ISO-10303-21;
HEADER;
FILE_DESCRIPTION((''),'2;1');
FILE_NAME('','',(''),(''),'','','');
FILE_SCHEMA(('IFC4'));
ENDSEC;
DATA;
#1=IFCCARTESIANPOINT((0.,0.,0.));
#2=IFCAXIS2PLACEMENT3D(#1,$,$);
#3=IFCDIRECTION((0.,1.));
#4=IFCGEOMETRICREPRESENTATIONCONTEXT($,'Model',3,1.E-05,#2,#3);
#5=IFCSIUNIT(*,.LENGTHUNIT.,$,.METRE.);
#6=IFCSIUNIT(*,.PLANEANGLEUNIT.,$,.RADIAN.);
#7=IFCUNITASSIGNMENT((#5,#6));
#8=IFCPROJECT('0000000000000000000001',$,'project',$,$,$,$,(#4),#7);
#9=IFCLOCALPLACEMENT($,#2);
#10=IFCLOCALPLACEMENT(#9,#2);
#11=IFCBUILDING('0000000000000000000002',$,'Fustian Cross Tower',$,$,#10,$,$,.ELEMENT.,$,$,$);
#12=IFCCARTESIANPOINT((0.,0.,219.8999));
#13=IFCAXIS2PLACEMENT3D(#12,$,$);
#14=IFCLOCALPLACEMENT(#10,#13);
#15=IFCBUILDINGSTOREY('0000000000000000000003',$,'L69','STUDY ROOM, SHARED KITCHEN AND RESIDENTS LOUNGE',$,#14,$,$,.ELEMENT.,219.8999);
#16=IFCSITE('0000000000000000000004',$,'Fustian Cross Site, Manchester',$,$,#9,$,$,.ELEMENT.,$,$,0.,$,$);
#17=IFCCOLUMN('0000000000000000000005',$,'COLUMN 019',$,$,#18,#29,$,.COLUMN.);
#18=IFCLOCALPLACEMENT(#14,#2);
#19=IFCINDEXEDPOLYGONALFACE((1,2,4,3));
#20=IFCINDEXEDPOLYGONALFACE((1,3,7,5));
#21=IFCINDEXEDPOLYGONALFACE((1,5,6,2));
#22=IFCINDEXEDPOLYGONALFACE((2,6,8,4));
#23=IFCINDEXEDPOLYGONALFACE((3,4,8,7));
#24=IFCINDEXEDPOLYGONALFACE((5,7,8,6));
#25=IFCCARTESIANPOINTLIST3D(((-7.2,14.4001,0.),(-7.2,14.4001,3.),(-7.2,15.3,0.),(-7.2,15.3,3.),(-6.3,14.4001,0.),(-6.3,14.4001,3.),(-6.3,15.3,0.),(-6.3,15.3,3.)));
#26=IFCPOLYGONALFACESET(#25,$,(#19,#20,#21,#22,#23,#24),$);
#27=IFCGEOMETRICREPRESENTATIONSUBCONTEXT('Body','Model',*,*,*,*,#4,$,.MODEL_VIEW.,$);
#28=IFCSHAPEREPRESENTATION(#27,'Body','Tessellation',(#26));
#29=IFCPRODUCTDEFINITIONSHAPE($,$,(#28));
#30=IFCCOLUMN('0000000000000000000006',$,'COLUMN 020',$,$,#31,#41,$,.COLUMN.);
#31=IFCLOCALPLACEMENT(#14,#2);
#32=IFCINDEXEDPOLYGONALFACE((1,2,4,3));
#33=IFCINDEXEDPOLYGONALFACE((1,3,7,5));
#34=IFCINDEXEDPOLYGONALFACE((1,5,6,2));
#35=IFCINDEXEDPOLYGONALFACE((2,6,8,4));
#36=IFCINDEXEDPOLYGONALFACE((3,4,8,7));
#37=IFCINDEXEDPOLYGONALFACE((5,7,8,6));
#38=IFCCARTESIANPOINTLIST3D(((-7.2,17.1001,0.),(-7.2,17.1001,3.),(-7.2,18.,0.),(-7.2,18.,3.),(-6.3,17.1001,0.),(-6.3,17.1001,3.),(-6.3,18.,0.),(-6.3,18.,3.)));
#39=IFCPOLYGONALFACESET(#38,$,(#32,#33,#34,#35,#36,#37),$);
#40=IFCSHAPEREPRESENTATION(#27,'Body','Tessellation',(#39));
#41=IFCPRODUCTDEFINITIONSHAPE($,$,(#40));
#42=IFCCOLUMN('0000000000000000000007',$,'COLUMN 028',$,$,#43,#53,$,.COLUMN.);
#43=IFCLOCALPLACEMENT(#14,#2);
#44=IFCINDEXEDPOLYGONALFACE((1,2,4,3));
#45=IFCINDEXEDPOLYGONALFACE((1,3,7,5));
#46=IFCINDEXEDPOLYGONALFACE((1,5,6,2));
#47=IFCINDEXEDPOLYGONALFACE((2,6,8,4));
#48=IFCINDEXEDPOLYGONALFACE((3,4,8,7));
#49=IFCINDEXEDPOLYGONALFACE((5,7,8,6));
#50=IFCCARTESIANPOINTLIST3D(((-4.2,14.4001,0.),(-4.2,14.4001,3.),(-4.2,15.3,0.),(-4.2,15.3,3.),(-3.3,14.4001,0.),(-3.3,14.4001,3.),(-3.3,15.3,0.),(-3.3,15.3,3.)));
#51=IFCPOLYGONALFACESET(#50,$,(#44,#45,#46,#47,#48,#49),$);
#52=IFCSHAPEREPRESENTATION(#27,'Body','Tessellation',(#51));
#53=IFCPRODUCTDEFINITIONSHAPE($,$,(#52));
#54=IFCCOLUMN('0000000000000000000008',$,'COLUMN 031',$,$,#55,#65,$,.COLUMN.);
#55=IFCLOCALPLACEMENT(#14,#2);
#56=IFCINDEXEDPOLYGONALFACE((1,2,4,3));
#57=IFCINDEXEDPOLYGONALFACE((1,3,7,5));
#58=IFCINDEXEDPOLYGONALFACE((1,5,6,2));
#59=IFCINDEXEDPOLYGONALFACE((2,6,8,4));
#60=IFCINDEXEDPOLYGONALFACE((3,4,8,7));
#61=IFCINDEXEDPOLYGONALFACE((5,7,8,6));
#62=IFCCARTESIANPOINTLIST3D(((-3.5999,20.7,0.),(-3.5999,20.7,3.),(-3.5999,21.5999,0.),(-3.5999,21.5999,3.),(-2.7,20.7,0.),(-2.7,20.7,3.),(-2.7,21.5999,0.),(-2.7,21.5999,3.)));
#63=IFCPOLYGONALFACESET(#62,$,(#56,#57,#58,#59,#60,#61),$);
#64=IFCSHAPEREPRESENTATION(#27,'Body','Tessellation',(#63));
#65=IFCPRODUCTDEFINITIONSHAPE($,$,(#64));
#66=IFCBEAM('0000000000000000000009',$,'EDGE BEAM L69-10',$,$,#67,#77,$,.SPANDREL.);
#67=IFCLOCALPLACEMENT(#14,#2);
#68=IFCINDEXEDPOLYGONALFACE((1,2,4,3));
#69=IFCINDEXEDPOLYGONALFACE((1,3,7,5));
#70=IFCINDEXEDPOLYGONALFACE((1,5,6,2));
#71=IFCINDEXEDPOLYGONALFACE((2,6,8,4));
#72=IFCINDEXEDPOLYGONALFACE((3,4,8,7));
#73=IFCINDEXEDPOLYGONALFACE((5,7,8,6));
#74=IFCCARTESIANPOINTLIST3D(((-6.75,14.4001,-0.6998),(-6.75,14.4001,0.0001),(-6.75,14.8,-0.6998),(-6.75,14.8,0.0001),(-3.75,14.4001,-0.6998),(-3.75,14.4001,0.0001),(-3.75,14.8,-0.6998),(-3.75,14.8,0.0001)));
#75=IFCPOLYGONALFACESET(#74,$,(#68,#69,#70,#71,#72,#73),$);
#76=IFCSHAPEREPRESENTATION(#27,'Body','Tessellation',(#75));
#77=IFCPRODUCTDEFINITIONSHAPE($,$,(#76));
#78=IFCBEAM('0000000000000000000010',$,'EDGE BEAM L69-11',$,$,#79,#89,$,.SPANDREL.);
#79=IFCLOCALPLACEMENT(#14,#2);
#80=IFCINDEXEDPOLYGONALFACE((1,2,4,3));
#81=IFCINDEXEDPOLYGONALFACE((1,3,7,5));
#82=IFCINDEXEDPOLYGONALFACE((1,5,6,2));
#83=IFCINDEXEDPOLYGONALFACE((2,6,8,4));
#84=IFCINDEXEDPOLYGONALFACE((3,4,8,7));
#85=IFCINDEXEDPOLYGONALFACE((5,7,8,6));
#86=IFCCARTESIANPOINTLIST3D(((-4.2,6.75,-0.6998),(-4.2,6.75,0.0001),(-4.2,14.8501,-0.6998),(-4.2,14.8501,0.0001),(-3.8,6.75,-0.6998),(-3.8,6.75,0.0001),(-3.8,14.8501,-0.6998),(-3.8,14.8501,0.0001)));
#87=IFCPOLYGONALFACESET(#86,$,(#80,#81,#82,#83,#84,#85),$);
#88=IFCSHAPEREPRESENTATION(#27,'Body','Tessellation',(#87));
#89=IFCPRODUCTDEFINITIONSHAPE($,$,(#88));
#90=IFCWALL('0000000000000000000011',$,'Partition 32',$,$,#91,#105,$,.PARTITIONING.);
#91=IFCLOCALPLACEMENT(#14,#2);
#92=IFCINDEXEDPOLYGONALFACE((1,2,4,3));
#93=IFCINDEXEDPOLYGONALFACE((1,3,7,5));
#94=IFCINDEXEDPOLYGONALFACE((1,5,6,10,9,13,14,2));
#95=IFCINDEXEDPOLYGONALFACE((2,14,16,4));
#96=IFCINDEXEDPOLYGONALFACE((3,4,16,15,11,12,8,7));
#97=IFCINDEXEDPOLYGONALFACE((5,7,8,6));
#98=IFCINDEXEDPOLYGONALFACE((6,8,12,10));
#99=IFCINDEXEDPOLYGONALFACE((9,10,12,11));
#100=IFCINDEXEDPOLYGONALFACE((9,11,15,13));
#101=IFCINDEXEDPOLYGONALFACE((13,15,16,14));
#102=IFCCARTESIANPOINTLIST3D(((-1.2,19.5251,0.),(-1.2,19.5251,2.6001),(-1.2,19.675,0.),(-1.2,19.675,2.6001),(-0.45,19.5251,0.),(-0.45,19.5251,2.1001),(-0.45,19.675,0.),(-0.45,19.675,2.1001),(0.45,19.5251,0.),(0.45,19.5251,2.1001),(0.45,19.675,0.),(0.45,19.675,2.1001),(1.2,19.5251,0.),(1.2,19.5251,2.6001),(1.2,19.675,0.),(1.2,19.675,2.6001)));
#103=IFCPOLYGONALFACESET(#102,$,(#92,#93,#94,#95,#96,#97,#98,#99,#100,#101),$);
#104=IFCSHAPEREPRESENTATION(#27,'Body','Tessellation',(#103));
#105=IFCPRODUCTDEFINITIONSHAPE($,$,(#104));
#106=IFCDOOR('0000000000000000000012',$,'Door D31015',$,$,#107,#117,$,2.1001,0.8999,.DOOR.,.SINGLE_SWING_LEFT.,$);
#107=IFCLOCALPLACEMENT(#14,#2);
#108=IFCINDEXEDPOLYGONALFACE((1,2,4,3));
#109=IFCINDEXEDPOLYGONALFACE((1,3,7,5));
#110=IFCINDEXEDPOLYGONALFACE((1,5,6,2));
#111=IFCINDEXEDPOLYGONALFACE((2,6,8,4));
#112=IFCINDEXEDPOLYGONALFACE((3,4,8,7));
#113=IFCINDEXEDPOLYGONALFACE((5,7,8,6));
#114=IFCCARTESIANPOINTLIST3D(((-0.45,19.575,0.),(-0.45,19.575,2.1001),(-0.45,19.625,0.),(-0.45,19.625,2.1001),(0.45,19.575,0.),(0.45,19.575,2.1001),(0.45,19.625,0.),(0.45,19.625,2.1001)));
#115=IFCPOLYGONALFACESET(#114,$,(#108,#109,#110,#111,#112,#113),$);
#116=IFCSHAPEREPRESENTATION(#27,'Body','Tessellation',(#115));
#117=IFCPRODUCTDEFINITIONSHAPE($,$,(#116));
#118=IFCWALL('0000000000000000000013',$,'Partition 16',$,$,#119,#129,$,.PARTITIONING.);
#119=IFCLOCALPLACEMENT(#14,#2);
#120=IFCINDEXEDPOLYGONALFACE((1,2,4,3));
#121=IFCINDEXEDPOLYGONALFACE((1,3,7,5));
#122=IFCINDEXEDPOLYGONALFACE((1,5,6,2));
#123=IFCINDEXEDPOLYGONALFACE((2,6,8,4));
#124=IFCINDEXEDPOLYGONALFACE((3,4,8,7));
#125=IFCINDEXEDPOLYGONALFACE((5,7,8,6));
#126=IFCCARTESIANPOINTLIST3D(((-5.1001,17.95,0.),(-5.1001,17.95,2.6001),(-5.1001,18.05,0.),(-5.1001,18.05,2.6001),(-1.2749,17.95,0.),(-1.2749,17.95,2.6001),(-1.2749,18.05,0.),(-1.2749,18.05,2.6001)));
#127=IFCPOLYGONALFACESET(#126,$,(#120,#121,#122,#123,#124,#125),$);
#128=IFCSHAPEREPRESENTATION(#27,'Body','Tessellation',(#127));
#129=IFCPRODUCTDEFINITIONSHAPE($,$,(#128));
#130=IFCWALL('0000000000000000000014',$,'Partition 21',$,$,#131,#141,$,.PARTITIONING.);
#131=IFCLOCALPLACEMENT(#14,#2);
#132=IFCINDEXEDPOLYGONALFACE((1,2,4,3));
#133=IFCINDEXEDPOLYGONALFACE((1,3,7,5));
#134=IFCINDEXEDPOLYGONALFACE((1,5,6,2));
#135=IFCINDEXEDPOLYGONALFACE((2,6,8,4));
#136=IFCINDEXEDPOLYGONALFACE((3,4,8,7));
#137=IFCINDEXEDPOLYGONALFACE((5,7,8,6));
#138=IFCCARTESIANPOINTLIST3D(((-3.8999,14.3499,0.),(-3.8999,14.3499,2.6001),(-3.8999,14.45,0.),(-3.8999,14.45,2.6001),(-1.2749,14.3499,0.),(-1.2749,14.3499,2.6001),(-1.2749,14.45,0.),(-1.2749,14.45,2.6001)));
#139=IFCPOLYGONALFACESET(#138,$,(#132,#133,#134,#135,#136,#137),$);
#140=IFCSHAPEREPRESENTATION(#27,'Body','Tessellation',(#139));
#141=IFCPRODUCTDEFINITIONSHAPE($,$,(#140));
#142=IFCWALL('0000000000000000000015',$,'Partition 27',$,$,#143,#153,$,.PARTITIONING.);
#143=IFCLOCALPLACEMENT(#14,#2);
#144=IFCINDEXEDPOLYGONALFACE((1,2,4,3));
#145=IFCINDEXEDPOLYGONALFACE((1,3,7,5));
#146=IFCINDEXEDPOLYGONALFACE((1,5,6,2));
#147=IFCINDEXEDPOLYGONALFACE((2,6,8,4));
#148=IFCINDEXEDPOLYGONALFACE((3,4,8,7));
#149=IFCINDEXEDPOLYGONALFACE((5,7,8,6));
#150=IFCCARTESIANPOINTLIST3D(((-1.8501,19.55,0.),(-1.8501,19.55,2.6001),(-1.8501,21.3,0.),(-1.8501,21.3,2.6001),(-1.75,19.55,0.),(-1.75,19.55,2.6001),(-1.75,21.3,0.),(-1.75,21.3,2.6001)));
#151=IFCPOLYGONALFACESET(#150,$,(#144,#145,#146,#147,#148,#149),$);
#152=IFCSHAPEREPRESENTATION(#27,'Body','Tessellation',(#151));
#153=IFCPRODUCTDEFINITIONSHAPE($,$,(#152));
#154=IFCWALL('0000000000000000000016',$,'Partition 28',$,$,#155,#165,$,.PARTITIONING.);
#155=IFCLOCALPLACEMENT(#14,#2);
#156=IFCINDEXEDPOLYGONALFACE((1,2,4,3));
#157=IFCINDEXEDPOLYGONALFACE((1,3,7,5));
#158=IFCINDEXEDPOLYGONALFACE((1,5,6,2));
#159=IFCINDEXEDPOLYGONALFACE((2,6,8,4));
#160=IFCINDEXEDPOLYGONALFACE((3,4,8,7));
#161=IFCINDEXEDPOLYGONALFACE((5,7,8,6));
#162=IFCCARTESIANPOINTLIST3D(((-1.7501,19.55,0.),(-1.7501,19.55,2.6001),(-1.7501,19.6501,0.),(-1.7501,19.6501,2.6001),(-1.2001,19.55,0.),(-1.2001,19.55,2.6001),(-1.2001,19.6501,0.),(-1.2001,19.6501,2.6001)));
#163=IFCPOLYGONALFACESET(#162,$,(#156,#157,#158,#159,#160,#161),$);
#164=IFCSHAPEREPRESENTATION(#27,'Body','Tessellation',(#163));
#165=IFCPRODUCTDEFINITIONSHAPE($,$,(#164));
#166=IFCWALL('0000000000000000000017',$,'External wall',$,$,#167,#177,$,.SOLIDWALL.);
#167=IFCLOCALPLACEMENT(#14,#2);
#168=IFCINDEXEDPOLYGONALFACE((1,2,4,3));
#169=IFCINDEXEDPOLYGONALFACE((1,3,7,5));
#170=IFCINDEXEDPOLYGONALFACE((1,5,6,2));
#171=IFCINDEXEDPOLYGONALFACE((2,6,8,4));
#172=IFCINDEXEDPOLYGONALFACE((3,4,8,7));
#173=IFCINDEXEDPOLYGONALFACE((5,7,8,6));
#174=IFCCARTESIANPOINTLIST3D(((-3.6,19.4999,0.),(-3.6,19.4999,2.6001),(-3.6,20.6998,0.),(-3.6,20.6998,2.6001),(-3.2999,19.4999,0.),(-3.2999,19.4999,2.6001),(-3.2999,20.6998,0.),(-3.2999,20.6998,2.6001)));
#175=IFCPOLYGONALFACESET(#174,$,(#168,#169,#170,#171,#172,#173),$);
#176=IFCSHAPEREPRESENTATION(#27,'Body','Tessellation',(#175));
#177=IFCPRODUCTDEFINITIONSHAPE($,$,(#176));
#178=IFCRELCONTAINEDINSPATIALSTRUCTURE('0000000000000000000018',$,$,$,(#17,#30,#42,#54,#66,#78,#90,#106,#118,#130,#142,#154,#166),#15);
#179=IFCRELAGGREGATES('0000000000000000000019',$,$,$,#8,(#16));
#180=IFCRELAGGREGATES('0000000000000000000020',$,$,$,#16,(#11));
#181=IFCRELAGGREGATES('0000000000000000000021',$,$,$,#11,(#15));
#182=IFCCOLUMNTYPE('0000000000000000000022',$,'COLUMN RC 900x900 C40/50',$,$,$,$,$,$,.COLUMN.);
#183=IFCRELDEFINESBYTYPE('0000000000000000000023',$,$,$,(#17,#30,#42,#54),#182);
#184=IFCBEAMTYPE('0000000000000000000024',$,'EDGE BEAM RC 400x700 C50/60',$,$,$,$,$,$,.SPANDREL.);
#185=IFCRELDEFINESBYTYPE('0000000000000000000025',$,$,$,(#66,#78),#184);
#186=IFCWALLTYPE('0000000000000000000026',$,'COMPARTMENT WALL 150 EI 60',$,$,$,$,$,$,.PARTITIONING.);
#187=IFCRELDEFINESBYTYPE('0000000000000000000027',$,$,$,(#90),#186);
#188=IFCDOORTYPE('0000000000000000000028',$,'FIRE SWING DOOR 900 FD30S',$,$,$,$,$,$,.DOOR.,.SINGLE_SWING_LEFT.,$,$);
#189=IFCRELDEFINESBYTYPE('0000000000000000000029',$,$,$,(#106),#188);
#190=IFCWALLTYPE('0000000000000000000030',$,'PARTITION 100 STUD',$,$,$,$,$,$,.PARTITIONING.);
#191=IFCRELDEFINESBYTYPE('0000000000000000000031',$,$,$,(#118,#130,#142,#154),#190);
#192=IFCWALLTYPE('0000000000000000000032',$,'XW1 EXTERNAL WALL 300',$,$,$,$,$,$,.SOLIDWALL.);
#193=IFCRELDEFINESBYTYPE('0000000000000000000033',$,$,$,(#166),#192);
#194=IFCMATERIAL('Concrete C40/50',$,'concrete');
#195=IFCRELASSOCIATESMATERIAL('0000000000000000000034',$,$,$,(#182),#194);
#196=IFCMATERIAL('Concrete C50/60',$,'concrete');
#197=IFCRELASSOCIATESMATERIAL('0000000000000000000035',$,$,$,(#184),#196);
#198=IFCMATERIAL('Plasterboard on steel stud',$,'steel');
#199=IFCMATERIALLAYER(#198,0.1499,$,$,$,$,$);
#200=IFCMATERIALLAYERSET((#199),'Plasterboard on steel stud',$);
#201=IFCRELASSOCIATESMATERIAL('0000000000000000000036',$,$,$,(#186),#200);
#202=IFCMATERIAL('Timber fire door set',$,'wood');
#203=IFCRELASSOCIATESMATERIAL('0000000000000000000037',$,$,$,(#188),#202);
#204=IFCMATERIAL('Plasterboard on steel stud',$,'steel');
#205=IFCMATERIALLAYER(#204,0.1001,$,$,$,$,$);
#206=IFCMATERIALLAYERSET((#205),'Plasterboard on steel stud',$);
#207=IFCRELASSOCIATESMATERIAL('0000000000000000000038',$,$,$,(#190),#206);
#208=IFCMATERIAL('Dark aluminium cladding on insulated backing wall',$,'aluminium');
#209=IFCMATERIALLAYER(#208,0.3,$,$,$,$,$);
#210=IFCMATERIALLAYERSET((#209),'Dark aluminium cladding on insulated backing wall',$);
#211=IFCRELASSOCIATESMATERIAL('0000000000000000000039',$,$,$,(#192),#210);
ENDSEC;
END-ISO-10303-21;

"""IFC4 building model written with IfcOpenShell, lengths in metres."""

from ifc_helpers import new_model, si_unit, direction, frame, frame_2d, origin, origin_2d, place, context, subcontext, project, spatial, rectangle, extrude, material, layer, layer_set, material_profile, profile_set, type_object, element, fill, save


model = new_model("IFC4")

# Units and contexts
model_context = context("Model", 3, precision=1e-05, world=origin(), true_north=direction((0.0, 1.0)))
body_context = subcontext(model_context, "Body", "Model", "MODEL_VIEW")
ifc_project = project(units=[si_unit("LENGTHUNIT", "METRE"), si_unit("PLANEANGLEUNIT", "RADIAN")], contexts=[model_context])

# Site, building, storey
site_placement = place(None, origin())
site = spatial("IfcSite", under=ifc_project, at=site_placement, Name="Fustian Cross Site, Manchester", CompositionType="ELEMENT", RefElevation=0.0)
building_placement = place(site_placement, origin())
building = spatial("IfcBuilding", under=site, at=building_placement, Name="Fustian Cross Tower", CompositionType="ELEMENT")
storey_placement = place(building_placement, frame((0.0, 0.0, 219.8999)))
storey = spatial("IfcBuildingStorey", under=building, at=storey_placement, Name="L69", Description="STUDY ROOM, SHARED KITCHEN AND RESIDENTS LOUNGE", CompositionType="ELEMENT", Elevation=219.8999)

# Columns
ifc_material_1 = material(Name="Concrete C40/50", Category="concrete")
ifc_material_profile_1 = material_profile(ifc_material_1, rectangle(XDim=0.8999, YDim=0.8999, at=origin_2d()), Name="RC 900x900")
ifc_profile_set_1 = profile_set([ifc_material_profile_1], Name="Concrete C40/50")
column_type = type_object("IfcColumnType", Name="COLUMN RC 900x900 C40/50", PredefinedType="COLUMN", material=ifc_profile_set_1)
for number, where, z_axis, x_axis, name in (
    (1, (-6.75, 14.8501, 0.0), (0.0, 0.0, 1.0), (1.0, 0.0, 0.0), "COLUMN 019"),
    (2, (-6.75, 17.55, 0.0), (0.0, 0.0, 1.0), (1.0, 0.0, 0.0), "COLUMN 020"),
    (3, (-3.75, 14.8501, 0.0), (0.0, 0.0, 1.0), (1.0, 0.0, 0.0), "COLUMN 028"),
    (4, (-3.1499, 21.1499, 0.0), (0.0, 0.0, 1.0), (1.0, 0.0, 0.0), "COLUMN 031"),
):
    element("IfcColumn", number, at=place(storey_placement, frame(where, z_axis=z_axis, x_axis=x_axis)), inside=storey, type_object=column_type, Name=name, PredefinedType="COLUMN", context=body_context, shape_type="SweptSolid", body=[
        extrude(rectangle(XDim=0.8999, YDim=0.8999, at=origin_2d()), origin(), (0.0, 0.0, 1.0), 3.0),
    ])

# Beams
ifc_material_2 = material(Name="Concrete C50/60", Category="concrete")
ifc_material_profile_2 = material_profile(ifc_material_2, rectangle(XDim=0.3999, YDim=0.7, at=origin_2d()), Name="RC 400x700")
ifc_profile_set_2 = profile_set([ifc_material_profile_2], Name="Concrete C50/60")
beam_type = type_object("IfcBeamType", Name="EDGE BEAM RC 400x700 C50/60", PredefinedType="SPANDREL", material=ifc_profile_set_2)
beam_1_placement = place(storey_placement, frame((-6.75, 14.6001, -0.3499), z_axis=(1.0, 0.0, 0.0), x_axis=(0.0, 1.0, 0.0)))
element("IfcBeam", 5, at=beam_1_placement, inside=storey, type_object=beam_type, Name="EDGE BEAM L69-10", PredefinedType="SPANDREL", context=body_context, shape_type="SweptSolid", body=[
    extrude(rectangle(XDim=0.3999, YDim=0.7, at=origin_2d()), origin(), (0.0, 0.0, 1.0), 3.0),
])
beam_2_placement = place(storey_placement, frame((-4.0, 14.8501, -0.3499), z_axis=(0.0, -1.0, 0.0), x_axis=(1.0, 0.0, 0.0)))
element("IfcBeam", 6, at=beam_2_placement, inside=storey, type_object=beam_type, Name="EDGE BEAM L69-11", PredefinedType="SPANDREL", context=body_context, shape_type="SweptSolid", body=[
    extrude(rectangle(XDim=0.3999, YDim=0.7, at=origin_2d()), origin(), (0.0, 0.0, 1.0), 8.1001),
])

# Wall, opening, door
ifc_material_3 = material(Name="Plasterboard on steel stud", Category="steel")
ifc_layer_1 = layer(ifc_material_3, 0.1499)
ifc_layer_set_1 = layer_set([ifc_layer_1], Name="Plasterboard on steel stud")
wall_type_1 = type_object("IfcWallType", Name="COMPARTMENT WALL 150 EI 60", PredefinedType="PARTITIONING", material=ifc_layer_set_1)
wall_1_placement = place(storey_placement, frame((-1.2, 19.6001, 0.0), z_axis=(0.0, 0.0, 1.0), x_axis=(1.0, 0.0, 0.0)))
wall_1 = element("IfcWall", 7, at=wall_1_placement, inside=storey, type_object=wall_type_1, Name="Partition 32", PredefinedType="PARTITIONING", context=body_context, shape_type="SweptSolid", body=[
    extrude(rectangle(XDim=2.3999, YDim=0.1499, at=frame_2d((1.2, 0.0))), origin(), (0.0, 0.0, 1.0), 2.6001),
])
opening_1_placement = place(wall_1_placement, frame((0.75, 0.0, 0.0)))
opening_1 = element("IfcOpeningElement", 8, at=opening_1_placement, cuts=wall_1, PredefinedType="OPENING", context=body_context, shape_type="SweptSolid", body=[
    extrude(rectangle(XDim=0.8999, YDim=2.1001, at=frame_2d((0.45, 1.05))), frame((0.0, 0.085, 0.0), z_axis=(0.0, -1.0, 0.0), x_axis=(1.0, 0.0, 0.0)), (0.0, 0.0, 1.0), 0.1699),
])
ifc_material_4 = material(Name="Timber fire door set", Category="wood")
door_type = type_object("IfcDoorType", Name="FIRE SWING DOOR 900 FD30S", OperationType="SINGLE_SWING_LEFT", PredefinedType="DOOR", material=ifc_material_4)
door_placement = place(opening_1_placement, origin())
door = element("IfcDoor", 9, at=door_placement, inside=storey, type_object=door_type, Name="Door D31015", OperationType="SINGLE_SWING_LEFT", OverallHeight=2.1001, OverallWidth=0.8999, PredefinedType="DOOR", context=body_context, shape_type="SweptSolid", body=[
    extrude(rectangle(XDim=0.8999, YDim=2.1001, at=frame_2d((0.45, 1.05))), frame((0.0, 0.0249, 0.0), z_axis=(0.0, -1.0, 0.0), x_axis=(1.0, 0.0, 0.0)), (0.0, 0.0, 1.0), 0.05),
])
fill(opening_1, door)

# Walls
ifc_material_5 = material(Name="Plasterboard on steel stud", Category="steel")
ifc_layer_2 = layer(ifc_material_5, 0.1001)
ifc_layer_set_2 = layer_set([ifc_layer_2], Name="Plasterboard on steel stud")
wall_type_2 = type_object("IfcWallType", Name="PARTITION 100 STUD", PredefinedType="PARTITIONING", material=ifc_layer_set_2)
wall_2_placement = place(storey_placement, frame((-5.1001, 18.0, 0.0), z_axis=(0.0, 0.0, 1.0), x_axis=(1.0, 0.0, 0.0)))
element("IfcWall", 10, at=wall_2_placement, inside=storey, type_object=wall_type_2, Name="Partition 16", PredefinedType="PARTITIONING", context=body_context, shape_type="SweptSolid", body=[
    extrude(rectangle(XDim=3.8252, YDim=0.1001, at=frame_2d((1.9126, 0.0))), origin(), (0.0, 0.0, 1.0), 2.6001),
])
wall_3_placement = place(storey_placement, frame((-3.8999, 14.3999, 0.0), z_axis=(0.0, 0.0, 1.0), x_axis=(1.0, 0.0, 0.0)))
element("IfcWall", 11, at=wall_3_placement, inside=storey, type_object=wall_type_2, Name="Partition 21", PredefinedType="PARTITIONING", context=body_context, shape_type="SweptSolid", body=[
    extrude(rectangle(XDim=2.625, YDim=0.1001, at=frame_2d((1.3125, 0.0))), origin(), (0.0, 0.0, 1.0), 2.6001),
])
wall_4_placement = place(storey_placement, frame((-1.8, 19.55, 0.0), z_axis=(0.0, 0.0, 1.0), x_axis=(0.0, 1.0, 0.0)))
element("IfcWall", 12, at=wall_4_placement, inside=storey, type_object=wall_type_2, Name="Partition 27", PredefinedType="PARTITIONING", context=body_context, shape_type="SweptSolid", body=[
    extrude(rectangle(XDim=1.75, YDim=0.1001, at=frame_2d((0.875, 0.0))), origin(), (0.0, 0.0, 1.0), 2.6001),
])
wall_5_placement = place(storey_placement, frame((-1.75, 19.6001, 0.0), z_axis=(0.0, 0.0, 1.0), x_axis=(1.0, 0.0, 0.0)))
element("IfcWall", 13, at=wall_5_placement, inside=storey, type_object=wall_type_2, Name="Partition 28", PredefinedType="PARTITIONING", context=body_context, shape_type="SweptSolid", body=[
    extrude(rectangle(XDim=0.55, YDim=0.1001, at=frame_2d((0.2749, 0.0))), origin(), (0.0, 0.0, 1.0), 2.6001),
])
ifc_material_6 = material(Name="Dark aluminium cladding on insulated backing wall", Category="aluminium")
ifc_layer_3 = layer(ifc_material_6, 0.3)
ifc_layer_set_3 = layer_set([ifc_layer_3], Name="Dark aluminium cladding on insulated backing wall")
wall_type_3 = type_object("IfcWallType", Name="XW1 EXTERNAL WALL 300", PredefinedType="SOLIDWALL", material=ifc_layer_set_3)
wall_6_placement = place(storey_placement, frame((-3.45, 20.7, 0.0), z_axis=(0.0, 0.0, 1.0), x_axis=(0.0, -1.0, 0.0)))
element("IfcWall", 14, at=wall_6_placement, inside=storey, type_object=wall_type_3, Name="External wall", PredefinedType="SOLIDWALL", context=body_context, shape_type="SweptSolid", body=[
    extrude(rectangle(XDim=1.2, YDim=0.3, at=frame_2d((0.6001, 0.0))), origin(), (0.0, 0.0, 1.0), 2.6001),
])

save(model, "model.ifc")
